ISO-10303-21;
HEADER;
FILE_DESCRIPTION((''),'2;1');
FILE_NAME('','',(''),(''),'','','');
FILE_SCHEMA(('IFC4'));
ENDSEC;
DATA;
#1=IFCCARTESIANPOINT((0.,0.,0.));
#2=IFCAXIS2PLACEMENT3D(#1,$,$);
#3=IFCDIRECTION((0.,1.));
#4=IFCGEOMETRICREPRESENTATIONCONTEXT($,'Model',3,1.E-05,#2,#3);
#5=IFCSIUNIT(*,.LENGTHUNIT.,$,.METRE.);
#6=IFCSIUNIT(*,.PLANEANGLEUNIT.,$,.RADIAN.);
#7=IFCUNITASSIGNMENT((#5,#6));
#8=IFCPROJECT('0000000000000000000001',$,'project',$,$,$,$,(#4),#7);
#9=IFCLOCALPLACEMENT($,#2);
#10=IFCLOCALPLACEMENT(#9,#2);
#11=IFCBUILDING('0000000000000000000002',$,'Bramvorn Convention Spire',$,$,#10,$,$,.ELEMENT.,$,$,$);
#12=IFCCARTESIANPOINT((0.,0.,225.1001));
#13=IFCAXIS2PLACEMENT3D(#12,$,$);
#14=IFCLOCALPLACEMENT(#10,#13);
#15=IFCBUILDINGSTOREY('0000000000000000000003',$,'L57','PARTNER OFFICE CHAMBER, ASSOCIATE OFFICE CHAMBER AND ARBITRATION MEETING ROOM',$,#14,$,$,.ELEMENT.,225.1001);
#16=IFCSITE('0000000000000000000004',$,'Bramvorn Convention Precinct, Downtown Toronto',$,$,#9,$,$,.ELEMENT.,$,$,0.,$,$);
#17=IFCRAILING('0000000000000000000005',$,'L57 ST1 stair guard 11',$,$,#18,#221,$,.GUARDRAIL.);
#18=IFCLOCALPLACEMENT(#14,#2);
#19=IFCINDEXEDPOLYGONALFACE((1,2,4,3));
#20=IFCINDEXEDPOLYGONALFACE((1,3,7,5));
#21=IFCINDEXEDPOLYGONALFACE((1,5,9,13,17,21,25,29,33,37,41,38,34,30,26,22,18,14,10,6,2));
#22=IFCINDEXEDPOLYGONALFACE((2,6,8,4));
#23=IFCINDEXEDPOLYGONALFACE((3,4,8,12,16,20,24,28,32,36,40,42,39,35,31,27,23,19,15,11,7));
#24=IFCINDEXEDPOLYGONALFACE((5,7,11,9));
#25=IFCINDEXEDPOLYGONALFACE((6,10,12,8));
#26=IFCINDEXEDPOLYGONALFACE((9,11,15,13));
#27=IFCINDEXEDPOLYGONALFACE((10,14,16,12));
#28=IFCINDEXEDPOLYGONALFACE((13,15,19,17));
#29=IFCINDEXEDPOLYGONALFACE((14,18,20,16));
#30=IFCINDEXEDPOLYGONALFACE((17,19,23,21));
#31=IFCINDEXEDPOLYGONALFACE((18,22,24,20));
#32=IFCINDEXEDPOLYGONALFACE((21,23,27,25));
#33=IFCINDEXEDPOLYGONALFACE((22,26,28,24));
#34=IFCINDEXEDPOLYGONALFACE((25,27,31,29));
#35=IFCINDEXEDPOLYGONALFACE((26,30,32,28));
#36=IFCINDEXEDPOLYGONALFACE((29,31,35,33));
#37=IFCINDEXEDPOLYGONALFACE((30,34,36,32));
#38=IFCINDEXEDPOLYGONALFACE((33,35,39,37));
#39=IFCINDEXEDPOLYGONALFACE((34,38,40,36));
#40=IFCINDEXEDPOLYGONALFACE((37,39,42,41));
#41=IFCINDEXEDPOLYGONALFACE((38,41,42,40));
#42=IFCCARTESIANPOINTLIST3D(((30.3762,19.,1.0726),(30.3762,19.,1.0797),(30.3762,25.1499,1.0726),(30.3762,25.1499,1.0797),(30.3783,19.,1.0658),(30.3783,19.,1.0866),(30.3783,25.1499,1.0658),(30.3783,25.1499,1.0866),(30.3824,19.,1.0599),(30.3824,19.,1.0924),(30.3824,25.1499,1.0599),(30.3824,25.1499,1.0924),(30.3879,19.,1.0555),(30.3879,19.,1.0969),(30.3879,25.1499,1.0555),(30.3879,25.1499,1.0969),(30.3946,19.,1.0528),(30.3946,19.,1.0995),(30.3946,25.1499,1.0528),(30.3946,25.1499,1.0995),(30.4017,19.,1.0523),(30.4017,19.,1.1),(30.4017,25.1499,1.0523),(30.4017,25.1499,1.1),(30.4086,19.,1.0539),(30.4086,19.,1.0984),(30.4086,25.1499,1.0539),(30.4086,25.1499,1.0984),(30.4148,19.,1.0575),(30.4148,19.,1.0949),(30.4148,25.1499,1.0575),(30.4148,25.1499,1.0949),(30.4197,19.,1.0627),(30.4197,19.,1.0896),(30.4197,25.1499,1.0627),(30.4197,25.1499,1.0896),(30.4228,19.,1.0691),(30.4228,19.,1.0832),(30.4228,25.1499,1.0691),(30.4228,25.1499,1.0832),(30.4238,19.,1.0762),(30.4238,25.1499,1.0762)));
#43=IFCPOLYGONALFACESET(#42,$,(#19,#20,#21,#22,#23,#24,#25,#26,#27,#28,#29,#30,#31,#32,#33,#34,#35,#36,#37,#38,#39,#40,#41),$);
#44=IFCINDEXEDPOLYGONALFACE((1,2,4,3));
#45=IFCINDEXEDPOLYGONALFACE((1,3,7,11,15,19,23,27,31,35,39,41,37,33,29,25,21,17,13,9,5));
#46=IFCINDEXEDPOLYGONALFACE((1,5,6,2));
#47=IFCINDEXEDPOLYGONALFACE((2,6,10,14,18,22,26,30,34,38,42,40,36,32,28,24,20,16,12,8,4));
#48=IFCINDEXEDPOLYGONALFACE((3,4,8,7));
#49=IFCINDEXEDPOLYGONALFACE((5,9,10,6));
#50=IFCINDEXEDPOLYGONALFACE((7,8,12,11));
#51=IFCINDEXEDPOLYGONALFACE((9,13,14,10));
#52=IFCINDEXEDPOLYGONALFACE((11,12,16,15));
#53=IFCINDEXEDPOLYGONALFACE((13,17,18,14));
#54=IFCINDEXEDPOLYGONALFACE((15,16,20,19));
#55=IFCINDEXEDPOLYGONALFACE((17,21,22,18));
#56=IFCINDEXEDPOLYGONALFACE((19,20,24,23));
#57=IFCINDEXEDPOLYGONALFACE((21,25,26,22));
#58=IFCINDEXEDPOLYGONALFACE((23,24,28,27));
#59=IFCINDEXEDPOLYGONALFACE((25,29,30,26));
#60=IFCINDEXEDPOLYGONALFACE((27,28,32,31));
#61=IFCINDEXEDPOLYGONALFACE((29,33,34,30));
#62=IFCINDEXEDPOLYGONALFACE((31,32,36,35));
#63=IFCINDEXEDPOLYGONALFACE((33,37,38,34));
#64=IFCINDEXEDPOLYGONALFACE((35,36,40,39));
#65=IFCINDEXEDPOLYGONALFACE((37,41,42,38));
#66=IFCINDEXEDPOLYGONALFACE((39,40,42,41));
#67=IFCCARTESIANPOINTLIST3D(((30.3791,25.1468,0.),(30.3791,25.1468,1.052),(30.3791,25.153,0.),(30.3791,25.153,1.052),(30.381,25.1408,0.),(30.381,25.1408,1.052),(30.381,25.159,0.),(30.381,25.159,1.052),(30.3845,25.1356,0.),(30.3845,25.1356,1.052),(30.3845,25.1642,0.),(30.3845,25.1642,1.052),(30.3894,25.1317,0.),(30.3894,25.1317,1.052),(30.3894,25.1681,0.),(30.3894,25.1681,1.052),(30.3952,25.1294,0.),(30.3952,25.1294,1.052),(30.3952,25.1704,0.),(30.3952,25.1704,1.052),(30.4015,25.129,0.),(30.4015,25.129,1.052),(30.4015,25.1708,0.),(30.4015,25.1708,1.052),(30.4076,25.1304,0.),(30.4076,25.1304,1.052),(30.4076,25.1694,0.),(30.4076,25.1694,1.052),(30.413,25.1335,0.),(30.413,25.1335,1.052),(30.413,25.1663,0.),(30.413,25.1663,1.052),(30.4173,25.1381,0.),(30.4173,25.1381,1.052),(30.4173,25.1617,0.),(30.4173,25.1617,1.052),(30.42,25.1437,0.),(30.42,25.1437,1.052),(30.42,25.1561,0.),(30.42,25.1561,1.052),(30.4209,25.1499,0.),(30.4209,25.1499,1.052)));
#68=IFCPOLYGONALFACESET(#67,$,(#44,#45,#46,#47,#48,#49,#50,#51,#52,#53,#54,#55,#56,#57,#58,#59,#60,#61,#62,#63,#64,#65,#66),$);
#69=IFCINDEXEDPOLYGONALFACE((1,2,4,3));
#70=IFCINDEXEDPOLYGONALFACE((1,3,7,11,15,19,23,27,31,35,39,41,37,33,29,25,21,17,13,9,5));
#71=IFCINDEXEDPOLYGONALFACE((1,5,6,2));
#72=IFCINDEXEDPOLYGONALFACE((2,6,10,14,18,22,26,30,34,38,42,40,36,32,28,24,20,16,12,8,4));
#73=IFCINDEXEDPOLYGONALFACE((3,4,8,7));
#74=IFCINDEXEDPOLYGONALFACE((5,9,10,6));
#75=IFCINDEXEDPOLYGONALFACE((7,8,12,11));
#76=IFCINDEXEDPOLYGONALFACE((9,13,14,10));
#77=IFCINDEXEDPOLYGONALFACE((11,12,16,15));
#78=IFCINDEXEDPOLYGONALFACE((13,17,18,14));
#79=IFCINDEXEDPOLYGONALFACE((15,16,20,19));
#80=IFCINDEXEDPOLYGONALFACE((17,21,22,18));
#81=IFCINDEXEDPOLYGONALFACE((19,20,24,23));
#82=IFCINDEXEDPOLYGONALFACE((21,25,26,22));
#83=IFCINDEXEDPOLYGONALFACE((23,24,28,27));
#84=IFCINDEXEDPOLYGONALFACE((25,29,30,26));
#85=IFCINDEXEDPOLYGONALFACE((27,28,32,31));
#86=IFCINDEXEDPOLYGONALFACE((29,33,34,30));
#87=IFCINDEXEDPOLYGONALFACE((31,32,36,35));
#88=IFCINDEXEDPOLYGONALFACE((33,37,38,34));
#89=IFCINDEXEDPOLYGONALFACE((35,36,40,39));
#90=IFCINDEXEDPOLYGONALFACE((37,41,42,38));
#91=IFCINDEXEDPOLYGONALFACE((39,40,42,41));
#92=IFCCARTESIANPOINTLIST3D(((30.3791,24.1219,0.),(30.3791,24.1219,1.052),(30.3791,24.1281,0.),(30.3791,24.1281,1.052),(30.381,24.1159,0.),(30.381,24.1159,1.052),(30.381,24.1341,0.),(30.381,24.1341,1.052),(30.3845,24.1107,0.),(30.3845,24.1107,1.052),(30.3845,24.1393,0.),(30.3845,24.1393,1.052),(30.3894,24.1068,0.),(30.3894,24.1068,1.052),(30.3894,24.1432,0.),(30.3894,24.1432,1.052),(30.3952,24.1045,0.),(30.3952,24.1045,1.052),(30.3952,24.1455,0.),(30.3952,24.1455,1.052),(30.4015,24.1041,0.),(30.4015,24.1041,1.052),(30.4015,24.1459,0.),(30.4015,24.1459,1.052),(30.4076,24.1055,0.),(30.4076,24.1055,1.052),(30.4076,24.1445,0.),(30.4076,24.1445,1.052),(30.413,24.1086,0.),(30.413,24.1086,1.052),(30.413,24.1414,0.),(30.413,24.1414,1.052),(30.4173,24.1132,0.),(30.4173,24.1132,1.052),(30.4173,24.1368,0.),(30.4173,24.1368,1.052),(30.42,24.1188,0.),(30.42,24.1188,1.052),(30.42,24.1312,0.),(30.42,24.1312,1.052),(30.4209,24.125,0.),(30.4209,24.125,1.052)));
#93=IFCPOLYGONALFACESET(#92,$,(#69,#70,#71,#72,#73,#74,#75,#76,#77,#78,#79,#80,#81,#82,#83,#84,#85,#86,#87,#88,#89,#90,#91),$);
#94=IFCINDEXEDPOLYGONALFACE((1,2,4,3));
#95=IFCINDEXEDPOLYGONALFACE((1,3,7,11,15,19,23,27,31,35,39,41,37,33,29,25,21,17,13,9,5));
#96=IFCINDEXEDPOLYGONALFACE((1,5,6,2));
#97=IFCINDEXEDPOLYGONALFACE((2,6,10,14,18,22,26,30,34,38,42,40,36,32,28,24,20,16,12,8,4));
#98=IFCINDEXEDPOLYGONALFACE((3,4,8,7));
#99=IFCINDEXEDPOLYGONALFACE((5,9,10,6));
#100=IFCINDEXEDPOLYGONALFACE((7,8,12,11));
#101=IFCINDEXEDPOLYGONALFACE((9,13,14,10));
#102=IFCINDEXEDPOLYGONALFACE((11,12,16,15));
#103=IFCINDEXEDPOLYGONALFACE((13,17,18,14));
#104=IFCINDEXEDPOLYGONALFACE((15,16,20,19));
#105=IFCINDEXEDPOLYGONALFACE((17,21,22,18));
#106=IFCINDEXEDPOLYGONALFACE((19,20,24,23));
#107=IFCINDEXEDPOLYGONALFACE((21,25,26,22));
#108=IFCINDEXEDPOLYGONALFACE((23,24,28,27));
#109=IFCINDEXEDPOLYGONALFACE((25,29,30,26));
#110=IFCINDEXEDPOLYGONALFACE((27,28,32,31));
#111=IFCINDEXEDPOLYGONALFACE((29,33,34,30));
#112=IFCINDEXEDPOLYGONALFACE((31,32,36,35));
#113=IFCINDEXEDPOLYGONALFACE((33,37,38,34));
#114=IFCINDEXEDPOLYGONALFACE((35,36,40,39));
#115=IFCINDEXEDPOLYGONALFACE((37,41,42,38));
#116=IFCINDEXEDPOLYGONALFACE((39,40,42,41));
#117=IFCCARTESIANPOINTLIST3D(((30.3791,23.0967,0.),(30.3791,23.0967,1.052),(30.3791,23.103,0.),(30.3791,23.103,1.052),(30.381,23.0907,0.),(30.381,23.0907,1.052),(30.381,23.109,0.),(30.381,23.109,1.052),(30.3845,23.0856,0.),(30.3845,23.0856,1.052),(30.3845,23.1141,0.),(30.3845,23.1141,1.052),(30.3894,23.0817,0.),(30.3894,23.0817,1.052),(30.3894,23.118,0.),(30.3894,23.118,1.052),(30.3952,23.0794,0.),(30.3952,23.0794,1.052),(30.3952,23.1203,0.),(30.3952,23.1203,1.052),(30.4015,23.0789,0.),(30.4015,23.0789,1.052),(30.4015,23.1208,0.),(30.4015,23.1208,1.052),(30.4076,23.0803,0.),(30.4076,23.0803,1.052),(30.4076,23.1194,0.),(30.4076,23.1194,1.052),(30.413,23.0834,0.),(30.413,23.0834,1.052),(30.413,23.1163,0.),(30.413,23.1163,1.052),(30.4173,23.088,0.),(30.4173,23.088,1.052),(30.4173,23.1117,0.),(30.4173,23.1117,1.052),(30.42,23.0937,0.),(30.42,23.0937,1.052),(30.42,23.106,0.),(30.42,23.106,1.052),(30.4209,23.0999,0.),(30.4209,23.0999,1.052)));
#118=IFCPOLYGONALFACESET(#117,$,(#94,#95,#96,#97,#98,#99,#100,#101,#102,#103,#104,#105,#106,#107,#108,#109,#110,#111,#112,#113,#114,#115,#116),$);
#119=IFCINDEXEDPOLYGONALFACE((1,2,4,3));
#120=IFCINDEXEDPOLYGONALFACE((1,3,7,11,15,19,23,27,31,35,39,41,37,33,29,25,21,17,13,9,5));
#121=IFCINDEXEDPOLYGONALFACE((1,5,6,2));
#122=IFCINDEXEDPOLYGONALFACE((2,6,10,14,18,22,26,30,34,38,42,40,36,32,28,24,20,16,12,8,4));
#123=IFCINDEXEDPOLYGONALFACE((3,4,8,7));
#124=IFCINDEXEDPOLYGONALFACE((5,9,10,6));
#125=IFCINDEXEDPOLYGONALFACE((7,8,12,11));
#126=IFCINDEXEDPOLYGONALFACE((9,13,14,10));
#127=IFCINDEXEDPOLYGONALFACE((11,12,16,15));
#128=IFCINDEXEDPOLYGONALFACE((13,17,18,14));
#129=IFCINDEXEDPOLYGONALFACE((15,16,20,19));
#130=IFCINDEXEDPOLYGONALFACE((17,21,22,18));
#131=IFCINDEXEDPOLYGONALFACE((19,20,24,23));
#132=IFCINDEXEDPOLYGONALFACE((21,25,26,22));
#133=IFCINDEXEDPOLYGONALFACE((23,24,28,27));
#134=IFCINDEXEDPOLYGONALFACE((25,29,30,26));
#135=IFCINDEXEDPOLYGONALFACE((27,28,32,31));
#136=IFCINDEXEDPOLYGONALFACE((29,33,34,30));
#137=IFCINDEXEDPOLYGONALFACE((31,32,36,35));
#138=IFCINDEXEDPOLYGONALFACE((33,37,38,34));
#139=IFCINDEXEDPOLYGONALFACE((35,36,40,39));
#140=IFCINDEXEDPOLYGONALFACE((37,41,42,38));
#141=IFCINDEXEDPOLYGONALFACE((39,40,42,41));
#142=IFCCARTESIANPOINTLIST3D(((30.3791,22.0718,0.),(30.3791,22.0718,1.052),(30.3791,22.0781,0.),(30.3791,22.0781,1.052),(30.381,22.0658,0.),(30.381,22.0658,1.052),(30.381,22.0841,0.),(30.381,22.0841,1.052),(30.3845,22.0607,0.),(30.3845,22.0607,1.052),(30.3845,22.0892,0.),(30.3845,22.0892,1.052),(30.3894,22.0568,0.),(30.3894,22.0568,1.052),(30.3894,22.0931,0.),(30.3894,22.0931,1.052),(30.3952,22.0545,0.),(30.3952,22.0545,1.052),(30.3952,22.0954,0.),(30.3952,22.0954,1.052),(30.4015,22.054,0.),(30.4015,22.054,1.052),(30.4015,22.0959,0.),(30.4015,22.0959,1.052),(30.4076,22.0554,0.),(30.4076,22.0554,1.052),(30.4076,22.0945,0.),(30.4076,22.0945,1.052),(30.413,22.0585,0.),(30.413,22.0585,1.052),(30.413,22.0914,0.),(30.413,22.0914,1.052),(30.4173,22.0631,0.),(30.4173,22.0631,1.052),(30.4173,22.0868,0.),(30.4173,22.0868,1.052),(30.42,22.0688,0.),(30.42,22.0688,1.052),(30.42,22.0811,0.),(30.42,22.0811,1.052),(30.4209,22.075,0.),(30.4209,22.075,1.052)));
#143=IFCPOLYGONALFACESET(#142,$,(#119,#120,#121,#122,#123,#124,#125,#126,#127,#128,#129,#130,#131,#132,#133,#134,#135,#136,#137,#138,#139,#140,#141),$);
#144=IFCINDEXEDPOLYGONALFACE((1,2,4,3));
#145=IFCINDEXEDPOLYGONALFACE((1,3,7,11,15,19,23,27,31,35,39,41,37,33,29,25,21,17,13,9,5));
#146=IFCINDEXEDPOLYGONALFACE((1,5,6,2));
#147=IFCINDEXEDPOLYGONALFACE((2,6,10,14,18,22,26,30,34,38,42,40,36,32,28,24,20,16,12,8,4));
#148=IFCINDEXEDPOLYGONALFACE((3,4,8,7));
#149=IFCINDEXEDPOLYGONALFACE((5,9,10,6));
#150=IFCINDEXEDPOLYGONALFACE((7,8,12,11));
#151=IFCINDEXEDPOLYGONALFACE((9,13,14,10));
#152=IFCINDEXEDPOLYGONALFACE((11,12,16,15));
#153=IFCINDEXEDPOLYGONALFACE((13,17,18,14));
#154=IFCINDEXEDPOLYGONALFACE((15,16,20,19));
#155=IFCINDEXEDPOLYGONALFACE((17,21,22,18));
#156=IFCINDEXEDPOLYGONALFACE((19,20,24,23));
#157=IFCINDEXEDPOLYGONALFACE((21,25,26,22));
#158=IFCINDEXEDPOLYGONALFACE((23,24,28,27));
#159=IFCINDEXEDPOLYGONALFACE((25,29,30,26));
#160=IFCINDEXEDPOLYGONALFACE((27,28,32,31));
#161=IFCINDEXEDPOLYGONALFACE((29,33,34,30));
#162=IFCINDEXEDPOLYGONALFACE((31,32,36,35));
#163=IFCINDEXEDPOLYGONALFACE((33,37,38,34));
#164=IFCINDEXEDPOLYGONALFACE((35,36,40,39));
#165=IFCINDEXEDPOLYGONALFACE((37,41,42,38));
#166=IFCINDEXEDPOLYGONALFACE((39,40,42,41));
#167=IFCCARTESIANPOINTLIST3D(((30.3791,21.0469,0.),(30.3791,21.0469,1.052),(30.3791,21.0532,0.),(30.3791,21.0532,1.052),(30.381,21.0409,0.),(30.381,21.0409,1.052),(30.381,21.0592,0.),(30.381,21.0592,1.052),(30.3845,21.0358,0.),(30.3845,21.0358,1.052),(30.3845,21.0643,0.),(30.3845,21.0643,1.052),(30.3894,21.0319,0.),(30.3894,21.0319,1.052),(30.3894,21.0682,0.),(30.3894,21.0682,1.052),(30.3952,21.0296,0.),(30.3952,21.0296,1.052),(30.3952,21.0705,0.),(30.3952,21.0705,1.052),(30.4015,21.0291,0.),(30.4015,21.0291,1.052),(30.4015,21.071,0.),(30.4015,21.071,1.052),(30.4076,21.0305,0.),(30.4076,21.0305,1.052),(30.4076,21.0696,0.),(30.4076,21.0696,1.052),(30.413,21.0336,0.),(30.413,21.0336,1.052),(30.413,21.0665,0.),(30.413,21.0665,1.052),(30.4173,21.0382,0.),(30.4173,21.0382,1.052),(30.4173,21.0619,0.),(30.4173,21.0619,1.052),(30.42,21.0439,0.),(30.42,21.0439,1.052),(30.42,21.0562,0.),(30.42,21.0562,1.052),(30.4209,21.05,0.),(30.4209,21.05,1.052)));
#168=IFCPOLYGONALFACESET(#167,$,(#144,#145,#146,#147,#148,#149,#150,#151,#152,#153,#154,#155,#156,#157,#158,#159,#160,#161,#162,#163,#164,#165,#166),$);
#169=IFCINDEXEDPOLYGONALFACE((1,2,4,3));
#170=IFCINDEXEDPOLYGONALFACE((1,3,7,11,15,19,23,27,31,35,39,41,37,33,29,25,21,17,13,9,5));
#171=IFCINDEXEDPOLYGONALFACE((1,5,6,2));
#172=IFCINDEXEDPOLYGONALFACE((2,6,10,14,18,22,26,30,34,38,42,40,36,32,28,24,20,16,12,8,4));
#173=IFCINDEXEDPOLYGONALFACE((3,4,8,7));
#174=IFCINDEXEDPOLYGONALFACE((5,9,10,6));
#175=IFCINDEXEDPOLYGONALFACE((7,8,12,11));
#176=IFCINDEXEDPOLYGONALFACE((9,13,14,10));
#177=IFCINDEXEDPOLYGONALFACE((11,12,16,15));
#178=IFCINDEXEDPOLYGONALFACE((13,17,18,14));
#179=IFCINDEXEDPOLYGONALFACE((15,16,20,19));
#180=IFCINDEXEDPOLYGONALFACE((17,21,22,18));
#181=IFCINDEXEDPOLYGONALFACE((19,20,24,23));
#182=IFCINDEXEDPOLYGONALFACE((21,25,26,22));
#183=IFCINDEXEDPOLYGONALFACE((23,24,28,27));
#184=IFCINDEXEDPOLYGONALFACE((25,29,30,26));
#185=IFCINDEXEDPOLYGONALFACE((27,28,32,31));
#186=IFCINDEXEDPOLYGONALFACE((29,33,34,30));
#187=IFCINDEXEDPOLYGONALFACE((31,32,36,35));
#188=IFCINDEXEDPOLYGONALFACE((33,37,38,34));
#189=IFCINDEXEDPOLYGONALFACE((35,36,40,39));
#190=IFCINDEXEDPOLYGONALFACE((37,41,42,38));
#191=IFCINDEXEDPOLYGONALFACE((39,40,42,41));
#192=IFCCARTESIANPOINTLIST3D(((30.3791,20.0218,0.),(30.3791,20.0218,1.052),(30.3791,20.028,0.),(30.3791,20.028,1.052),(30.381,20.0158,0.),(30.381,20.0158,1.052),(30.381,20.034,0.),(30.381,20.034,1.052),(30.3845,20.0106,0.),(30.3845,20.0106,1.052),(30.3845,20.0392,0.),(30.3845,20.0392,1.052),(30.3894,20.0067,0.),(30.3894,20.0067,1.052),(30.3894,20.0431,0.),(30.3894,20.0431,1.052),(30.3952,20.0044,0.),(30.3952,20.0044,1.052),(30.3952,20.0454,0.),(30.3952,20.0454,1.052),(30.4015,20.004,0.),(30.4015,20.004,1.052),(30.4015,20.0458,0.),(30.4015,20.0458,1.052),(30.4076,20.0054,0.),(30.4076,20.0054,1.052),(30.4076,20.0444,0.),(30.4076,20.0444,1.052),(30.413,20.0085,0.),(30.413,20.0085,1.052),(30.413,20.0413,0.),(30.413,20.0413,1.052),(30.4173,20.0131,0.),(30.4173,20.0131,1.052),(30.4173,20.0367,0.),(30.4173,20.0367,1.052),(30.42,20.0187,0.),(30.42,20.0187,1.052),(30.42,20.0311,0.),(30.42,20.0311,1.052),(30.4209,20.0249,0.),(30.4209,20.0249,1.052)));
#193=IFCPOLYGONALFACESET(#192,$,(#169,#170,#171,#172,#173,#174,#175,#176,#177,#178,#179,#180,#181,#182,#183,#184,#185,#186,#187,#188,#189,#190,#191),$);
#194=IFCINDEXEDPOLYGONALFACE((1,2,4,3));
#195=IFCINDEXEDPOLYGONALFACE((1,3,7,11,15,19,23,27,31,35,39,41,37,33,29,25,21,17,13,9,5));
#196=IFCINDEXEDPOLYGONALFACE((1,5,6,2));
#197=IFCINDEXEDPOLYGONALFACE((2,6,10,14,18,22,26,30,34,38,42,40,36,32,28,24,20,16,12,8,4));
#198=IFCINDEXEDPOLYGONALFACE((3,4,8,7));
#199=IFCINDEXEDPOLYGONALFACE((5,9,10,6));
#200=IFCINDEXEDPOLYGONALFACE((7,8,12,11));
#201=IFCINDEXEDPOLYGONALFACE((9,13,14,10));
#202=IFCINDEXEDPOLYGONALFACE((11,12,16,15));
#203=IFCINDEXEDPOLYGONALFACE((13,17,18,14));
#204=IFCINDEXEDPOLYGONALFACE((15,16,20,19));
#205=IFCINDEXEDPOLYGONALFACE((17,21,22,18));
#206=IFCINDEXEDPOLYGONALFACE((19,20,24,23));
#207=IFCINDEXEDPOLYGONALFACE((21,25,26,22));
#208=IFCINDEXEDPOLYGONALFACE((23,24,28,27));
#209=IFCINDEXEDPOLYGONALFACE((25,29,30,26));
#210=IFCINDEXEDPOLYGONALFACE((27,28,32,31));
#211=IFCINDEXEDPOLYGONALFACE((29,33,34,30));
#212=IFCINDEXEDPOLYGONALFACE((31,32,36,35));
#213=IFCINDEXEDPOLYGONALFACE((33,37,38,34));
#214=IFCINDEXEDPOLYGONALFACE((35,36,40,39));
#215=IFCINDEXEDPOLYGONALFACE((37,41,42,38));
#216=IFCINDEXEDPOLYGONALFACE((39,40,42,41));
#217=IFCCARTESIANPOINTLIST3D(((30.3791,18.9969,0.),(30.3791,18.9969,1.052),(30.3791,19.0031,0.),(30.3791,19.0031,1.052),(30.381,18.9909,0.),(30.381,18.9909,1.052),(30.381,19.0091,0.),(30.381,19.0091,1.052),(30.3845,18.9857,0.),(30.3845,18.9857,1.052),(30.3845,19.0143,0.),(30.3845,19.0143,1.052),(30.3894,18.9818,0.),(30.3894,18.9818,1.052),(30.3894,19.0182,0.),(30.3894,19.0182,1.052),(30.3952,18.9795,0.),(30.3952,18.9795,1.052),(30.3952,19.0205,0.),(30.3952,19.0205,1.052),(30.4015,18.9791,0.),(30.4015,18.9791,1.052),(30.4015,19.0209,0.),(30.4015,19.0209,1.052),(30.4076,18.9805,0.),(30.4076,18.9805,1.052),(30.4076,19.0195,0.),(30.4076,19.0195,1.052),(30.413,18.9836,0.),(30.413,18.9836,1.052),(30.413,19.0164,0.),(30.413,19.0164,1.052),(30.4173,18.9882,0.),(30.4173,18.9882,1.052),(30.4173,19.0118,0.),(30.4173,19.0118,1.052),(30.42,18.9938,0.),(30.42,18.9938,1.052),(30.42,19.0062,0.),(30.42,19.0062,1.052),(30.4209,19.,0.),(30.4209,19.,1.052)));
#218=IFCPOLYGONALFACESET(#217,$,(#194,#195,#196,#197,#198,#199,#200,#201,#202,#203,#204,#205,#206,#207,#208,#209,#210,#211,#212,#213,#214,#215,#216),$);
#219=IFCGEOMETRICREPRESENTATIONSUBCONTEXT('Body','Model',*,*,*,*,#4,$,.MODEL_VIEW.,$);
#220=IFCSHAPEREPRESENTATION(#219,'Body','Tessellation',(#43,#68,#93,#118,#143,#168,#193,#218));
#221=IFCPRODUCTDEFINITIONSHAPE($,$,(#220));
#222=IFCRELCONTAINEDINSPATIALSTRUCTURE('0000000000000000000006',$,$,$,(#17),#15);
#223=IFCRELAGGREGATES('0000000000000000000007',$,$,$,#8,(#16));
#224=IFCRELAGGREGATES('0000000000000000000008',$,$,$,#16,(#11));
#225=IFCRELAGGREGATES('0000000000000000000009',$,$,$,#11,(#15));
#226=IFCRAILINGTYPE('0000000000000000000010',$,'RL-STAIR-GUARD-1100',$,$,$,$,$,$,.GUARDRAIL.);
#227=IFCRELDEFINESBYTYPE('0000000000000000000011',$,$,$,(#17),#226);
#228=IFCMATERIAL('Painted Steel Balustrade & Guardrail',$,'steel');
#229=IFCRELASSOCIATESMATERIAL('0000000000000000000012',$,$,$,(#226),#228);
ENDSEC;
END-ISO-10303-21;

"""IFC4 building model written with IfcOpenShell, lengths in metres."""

from ifc_helpers import new_model, si_unit, direction, frame, origin, origin_2d, place, context, subcontext, project, spatial, circle, extrude, material, type_object, element, save


model = new_model("IFC4")

# Units and contexts
model_context = context("Model", 3, precision=1e-05, world=origin(), true_north=direction((0.0, 1.0)))
body_context = subcontext(model_context, "Body", "Model", "MODEL_VIEW")
ifc_project = project(units=[si_unit("LENGTHUNIT", "METRE"), si_unit("PLANEANGLEUNIT", "RADIAN")], contexts=[model_context])

# Site, building, storey
site_placement = place(None, origin())
site = spatial("IfcSite", under=ifc_project, at=site_placement, Name="Bramvorn Convention Precinct, Downtown Toronto", CompositionType="ELEMENT", RefElevation=0.0)
building_placement = place(site_placement, origin())
building = spatial("IfcBuilding", under=site, at=building_placement, Name="Bramvorn Convention Spire", CompositionType="ELEMENT")
storey_placement = place(building_placement, frame((0.0, 0.0, 225.1001)))
storey = spatial("IfcBuildingStorey", under=building, at=storey_placement, Name="L57", Description="PARTNER OFFICE CHAMBER, ASSOCIATE OFFICE CHAMBER AND ARBITRATION MEETING ROOM", CompositionType="ELEMENT", Elevation=225.1001)

# Railing
ifc_material_1 = material(Name="Painted Steel Balustrade & Guardrail", Category="steel")
railing_type_1 = type_object("IfcRailingType", Name="RL-STAIR-GUARD-1100", PredefinedType="GUARDRAIL", material=ifc_material_1)
railing_1_placement = place(storey_placement, frame((30.3999, 25.1499, 0.0)))
element("IfcRailing", 1, at=railing_1_placement, inside=storey, type_object=railing_type_1, Name="L57 ST1 stair guard 11", PredefinedType="GUARDRAIL", context=body_context, shape_type="SweptSolid", body=[
    extrude(circle(Radius=0.0239, at=origin_2d()), frame((0.0, 0.0, 1.0762), z_axis=(0.0, -1.0, 0.0), x_axis=(1.0, 0.0, 0.0)), (0.0, 0.0, 1.0), 6.1499),
    extrude(circle(Radius=0.021, at=origin_2d()), origin(), (0.0, 0.0, 1.0), 1.052),
    extrude(circle(Radius=0.021, at=origin_2d()), frame((0.0, -1.0249, 0.0)), (0.0, 0.0, 1.0), 1.052),
    extrude(circle(Radius=0.021, at=origin_2d()), frame((0.0, -2.05, 0.0)), (0.0, 0.0, 1.0), 1.052),
    extrude(circle(Radius=0.021, at=origin_2d()), frame((0.0, -3.075, 0.0)), (0.0, 0.0, 1.0), 1.052),
    extrude(circle(Radius=0.021, at=origin_2d()), frame((0.0, -4.0999, 0.0)), (0.0, 0.0, 1.0), 1.052),
    extrude(circle(Radius=0.021, at=origin_2d()), frame((0.0, -5.125, 0.0)), (0.0, 0.0, 1.0), 1.052),
    extrude(circle(Radius=0.021, at=origin_2d()), frame((0.0, -6.1499, 0.0)), (0.0, 0.0, 1.0), 1.052),
])

save(model, "model.ifc")
